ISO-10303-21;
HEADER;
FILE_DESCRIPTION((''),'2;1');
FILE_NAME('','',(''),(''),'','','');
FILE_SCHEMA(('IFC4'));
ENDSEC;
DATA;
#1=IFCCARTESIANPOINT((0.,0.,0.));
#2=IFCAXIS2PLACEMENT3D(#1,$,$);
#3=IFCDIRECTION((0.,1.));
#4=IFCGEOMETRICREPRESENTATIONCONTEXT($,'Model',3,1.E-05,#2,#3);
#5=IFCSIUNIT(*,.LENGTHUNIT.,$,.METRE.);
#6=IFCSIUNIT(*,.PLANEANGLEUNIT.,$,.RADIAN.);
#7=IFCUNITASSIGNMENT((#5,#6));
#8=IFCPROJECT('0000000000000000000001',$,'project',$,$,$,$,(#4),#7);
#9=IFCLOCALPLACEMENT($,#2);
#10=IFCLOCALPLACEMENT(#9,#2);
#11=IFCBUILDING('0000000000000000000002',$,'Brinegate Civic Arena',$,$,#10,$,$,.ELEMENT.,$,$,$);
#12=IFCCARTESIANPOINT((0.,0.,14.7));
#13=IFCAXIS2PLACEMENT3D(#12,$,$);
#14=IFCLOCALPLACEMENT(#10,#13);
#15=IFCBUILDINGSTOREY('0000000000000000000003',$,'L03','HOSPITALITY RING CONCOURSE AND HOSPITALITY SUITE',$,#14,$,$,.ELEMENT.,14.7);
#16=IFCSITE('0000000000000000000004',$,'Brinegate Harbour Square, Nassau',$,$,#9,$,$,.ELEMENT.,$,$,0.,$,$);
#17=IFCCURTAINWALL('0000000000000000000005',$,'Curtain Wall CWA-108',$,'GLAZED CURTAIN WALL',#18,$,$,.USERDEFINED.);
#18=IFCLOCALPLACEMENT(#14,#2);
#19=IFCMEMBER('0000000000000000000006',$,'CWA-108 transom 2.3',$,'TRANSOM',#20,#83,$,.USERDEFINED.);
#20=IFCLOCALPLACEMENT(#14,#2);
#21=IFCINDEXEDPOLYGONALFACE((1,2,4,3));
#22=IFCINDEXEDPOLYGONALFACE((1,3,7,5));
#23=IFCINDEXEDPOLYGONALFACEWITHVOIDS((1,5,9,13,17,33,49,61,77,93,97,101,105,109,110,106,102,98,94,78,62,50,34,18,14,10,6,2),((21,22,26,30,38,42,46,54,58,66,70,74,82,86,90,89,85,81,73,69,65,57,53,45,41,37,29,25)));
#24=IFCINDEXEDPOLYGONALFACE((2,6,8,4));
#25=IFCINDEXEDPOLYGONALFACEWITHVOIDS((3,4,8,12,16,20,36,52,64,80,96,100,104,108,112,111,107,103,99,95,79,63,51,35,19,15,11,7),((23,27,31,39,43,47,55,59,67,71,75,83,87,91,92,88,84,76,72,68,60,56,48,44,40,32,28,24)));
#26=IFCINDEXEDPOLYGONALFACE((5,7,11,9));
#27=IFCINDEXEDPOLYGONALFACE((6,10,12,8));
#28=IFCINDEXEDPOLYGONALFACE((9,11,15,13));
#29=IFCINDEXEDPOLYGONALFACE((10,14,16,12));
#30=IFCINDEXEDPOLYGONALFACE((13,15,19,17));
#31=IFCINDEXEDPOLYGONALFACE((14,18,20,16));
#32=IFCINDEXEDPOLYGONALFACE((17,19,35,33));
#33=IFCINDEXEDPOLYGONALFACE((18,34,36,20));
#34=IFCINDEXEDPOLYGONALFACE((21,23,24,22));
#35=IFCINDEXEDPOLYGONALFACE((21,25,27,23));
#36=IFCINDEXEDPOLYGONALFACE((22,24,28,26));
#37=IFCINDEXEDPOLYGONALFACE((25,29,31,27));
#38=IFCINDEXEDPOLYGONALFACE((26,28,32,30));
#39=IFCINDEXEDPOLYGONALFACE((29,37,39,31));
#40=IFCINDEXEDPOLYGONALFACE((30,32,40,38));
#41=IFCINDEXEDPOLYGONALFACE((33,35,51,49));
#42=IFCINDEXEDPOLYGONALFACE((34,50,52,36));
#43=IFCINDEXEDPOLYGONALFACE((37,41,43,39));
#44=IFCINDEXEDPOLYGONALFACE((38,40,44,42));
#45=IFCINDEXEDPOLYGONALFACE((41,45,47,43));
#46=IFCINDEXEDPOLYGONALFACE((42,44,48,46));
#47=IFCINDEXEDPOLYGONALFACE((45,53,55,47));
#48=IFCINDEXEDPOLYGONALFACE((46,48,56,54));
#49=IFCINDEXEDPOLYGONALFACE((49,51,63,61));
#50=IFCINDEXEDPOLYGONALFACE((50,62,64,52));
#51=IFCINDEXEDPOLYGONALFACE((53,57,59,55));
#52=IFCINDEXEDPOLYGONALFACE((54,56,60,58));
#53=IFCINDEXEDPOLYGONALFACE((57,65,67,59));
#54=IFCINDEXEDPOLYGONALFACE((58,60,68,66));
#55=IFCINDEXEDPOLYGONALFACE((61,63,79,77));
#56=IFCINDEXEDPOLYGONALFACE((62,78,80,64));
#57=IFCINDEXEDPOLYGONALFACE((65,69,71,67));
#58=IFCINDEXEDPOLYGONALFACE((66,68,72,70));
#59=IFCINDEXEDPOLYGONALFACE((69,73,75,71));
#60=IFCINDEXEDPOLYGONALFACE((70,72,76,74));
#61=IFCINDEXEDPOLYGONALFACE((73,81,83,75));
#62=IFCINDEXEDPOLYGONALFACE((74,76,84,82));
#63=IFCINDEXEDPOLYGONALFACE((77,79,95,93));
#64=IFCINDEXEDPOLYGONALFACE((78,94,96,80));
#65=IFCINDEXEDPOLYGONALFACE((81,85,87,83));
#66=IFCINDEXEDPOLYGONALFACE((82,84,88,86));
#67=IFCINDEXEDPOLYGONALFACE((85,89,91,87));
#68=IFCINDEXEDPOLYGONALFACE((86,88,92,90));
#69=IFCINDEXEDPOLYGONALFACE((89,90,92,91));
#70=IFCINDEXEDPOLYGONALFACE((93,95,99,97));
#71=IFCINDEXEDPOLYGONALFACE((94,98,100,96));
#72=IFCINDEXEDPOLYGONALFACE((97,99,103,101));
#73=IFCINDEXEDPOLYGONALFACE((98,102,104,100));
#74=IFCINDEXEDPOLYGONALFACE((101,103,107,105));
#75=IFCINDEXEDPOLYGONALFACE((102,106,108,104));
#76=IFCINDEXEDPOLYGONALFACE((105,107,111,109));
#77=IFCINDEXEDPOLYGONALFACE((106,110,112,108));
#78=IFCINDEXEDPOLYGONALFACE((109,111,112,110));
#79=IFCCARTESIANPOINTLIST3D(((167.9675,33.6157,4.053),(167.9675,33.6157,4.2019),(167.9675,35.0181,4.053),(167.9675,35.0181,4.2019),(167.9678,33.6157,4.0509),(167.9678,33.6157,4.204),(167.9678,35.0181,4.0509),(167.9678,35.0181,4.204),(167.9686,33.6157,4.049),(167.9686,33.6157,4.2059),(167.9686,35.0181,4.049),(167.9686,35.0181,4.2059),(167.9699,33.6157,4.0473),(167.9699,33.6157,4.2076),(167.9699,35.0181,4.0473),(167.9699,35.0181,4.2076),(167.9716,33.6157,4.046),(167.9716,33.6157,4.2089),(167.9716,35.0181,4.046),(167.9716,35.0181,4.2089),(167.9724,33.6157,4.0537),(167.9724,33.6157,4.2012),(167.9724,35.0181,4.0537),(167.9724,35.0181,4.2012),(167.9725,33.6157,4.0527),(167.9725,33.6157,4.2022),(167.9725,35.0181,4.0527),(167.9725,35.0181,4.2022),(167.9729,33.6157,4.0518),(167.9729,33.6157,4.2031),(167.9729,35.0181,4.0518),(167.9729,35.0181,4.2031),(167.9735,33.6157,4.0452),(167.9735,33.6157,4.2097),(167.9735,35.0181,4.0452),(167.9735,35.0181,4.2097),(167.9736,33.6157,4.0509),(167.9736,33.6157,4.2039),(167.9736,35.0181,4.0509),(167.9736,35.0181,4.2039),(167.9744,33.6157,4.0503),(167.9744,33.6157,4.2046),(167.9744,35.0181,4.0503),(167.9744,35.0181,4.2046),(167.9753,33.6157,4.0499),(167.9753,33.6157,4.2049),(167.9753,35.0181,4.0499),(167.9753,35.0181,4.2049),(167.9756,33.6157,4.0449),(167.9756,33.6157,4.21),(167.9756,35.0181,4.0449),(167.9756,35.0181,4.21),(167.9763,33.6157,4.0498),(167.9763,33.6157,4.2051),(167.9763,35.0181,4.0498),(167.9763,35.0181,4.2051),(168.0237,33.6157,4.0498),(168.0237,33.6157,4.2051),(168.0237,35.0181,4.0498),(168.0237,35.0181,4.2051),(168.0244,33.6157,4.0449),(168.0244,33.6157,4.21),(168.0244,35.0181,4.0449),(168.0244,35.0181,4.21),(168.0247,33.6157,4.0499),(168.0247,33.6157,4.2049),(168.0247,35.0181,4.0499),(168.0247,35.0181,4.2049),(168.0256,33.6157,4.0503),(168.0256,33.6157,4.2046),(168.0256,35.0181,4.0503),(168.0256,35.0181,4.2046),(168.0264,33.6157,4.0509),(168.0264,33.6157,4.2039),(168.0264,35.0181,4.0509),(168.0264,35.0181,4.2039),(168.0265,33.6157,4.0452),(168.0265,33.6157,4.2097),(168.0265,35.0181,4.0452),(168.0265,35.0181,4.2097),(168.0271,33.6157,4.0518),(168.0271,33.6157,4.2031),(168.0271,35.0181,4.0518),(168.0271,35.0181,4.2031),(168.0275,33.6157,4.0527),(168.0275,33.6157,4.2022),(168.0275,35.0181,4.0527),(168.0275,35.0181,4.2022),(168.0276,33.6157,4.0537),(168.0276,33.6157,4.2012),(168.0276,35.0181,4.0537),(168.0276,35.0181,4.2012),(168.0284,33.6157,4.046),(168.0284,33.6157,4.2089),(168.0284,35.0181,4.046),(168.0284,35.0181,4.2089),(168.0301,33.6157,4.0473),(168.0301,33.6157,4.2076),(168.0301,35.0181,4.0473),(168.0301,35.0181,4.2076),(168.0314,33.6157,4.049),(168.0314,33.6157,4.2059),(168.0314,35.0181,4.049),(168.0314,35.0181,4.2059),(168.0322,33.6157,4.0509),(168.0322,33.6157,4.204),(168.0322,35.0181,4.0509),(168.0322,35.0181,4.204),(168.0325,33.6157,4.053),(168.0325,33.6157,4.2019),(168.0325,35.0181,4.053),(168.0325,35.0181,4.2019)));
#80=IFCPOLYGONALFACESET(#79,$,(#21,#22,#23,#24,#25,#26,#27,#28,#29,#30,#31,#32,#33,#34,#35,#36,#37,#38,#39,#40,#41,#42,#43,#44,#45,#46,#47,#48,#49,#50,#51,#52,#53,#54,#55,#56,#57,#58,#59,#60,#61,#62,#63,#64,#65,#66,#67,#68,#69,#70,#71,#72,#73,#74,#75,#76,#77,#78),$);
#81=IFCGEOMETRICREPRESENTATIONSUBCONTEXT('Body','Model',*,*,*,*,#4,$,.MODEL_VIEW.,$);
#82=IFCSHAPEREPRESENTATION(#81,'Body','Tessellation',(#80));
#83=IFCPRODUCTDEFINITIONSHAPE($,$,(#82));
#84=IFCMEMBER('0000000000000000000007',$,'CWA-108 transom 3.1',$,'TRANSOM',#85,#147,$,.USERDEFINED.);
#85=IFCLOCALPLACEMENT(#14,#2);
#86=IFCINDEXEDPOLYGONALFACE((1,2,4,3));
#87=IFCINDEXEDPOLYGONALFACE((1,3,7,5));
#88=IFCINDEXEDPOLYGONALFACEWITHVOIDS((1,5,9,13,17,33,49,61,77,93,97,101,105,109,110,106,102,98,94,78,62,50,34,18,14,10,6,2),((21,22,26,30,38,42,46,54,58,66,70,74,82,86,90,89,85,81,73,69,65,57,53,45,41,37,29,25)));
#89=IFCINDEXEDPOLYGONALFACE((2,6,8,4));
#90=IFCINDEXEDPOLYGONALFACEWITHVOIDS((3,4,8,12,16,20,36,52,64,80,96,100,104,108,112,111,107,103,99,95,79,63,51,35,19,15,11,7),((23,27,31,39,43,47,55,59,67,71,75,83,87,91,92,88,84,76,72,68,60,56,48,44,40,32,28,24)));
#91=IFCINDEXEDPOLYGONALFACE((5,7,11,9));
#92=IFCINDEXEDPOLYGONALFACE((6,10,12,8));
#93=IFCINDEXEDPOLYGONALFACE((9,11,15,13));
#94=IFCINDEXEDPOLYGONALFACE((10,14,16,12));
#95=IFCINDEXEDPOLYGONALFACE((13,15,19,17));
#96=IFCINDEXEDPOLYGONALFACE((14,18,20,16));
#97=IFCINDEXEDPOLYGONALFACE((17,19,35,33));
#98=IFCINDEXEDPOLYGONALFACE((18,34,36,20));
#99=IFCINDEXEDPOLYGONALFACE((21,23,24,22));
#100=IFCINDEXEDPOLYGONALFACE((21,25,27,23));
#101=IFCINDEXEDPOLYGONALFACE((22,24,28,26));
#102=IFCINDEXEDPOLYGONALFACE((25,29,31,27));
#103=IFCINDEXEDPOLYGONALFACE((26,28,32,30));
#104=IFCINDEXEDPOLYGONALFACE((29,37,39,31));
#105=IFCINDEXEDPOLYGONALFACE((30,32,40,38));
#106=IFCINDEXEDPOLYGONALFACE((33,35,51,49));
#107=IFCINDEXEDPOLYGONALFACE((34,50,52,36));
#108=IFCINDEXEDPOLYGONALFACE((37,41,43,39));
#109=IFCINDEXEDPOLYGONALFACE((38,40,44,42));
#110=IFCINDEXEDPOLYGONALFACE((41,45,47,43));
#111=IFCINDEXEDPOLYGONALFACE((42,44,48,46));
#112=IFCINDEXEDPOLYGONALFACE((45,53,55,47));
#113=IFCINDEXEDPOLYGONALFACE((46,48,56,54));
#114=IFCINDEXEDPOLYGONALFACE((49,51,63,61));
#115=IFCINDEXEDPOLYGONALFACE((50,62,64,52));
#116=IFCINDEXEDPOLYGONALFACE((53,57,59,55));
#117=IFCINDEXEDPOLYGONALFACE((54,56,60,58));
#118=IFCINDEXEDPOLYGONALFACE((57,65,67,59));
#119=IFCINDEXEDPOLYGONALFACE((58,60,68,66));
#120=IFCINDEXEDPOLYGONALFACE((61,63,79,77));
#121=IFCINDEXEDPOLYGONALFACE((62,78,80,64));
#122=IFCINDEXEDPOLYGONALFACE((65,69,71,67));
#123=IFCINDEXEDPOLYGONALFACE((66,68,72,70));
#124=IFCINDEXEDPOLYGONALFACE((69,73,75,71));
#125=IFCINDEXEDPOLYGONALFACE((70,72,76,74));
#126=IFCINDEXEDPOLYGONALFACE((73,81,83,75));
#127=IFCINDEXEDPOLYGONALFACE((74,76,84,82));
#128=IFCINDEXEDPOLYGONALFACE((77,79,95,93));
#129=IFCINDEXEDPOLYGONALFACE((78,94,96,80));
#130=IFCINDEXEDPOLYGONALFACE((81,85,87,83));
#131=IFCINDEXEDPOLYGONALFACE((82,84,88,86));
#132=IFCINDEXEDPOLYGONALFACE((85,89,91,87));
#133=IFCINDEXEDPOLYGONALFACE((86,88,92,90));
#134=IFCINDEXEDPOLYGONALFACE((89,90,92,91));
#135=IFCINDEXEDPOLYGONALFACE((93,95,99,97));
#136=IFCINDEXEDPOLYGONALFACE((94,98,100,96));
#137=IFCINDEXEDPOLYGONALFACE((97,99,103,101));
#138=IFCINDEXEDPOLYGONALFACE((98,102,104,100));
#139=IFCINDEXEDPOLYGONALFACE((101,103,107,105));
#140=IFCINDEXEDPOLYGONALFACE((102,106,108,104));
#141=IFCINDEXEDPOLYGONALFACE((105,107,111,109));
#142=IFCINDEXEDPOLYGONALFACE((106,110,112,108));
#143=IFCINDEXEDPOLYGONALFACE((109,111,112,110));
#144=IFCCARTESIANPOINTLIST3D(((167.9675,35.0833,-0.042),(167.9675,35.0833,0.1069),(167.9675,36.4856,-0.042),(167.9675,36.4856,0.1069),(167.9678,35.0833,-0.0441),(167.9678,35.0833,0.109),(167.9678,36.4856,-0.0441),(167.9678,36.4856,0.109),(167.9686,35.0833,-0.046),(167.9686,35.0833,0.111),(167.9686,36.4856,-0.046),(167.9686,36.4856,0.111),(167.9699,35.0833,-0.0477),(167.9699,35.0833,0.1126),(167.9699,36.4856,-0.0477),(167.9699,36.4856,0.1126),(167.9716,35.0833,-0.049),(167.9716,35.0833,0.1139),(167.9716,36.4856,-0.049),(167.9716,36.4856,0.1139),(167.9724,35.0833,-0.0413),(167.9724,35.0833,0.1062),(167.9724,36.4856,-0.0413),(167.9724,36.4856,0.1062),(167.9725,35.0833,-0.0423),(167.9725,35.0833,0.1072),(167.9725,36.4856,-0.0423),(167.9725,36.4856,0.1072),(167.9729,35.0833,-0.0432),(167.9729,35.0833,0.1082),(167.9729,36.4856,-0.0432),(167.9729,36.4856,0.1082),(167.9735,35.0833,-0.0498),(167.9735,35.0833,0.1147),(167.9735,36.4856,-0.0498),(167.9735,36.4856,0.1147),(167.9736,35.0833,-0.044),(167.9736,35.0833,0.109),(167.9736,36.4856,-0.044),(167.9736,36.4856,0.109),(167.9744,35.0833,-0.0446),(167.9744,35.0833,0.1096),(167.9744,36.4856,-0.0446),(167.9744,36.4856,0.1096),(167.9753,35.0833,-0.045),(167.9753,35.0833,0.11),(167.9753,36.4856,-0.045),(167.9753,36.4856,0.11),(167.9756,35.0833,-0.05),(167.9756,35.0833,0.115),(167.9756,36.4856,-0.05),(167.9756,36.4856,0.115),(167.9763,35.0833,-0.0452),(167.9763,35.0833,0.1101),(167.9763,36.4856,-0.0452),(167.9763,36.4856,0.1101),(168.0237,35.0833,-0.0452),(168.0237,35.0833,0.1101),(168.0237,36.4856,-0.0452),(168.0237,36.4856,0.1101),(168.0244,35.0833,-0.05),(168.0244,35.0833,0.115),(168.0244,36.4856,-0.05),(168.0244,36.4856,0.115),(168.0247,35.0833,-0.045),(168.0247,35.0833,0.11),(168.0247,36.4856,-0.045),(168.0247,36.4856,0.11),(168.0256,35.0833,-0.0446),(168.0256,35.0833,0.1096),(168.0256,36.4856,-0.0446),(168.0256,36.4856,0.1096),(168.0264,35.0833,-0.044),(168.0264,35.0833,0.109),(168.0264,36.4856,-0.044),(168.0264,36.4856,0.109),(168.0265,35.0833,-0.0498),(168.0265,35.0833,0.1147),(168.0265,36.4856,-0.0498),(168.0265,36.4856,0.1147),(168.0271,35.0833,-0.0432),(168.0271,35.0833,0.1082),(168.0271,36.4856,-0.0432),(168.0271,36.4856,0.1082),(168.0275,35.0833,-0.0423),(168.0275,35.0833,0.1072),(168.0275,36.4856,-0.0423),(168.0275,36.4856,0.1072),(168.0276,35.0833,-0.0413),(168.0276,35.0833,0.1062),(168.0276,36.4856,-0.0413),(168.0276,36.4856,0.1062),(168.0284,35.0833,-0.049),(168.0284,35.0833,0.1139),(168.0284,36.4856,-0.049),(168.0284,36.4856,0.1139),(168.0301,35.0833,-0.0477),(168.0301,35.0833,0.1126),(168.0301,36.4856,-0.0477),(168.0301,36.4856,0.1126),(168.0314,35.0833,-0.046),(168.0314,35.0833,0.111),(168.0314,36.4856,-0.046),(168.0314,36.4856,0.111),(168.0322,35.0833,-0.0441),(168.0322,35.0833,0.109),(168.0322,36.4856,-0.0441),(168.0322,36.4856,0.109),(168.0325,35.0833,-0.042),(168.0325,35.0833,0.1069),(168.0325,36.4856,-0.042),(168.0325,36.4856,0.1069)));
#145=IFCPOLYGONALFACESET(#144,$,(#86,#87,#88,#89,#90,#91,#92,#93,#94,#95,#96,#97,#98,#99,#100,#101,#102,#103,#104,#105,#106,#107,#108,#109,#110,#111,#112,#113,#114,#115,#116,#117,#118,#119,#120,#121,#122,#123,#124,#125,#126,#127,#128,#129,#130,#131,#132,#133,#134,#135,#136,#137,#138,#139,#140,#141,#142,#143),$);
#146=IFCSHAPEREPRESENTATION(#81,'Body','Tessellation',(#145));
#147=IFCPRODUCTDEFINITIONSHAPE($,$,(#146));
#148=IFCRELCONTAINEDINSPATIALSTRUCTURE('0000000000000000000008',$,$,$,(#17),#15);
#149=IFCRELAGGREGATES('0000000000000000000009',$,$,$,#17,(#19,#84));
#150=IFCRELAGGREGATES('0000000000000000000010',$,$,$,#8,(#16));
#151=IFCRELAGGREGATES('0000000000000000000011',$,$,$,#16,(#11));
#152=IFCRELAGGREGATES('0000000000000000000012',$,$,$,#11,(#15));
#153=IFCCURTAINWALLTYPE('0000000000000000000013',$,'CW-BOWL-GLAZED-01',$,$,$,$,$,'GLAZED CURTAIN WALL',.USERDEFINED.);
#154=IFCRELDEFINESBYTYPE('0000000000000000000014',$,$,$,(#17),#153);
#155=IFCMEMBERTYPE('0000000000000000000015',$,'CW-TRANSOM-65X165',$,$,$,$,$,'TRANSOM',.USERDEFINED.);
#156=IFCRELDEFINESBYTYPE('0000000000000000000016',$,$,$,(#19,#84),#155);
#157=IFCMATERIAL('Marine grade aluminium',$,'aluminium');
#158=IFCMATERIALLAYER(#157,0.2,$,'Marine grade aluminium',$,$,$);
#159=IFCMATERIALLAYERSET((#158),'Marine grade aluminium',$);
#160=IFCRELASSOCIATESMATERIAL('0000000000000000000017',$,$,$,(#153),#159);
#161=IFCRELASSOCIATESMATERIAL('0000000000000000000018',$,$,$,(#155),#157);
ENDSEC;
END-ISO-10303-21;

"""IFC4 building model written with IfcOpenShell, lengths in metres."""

from ifc_helpers import new_model, si_unit, direction, frame, origin, origin_2d, place, context, subcontext, project, spatial, hollow_rectangle, extrude, material, layer, layer_set, material_profile, profile_set, type_object, element, aggregate, save


model = new_model("IFC4")

# Units and contexts
model_context = context("Model", 3, precision=1e-05, world=origin(), true_north=direction((0.0, 1.0)))
body_context = subcontext(model_context, "Body", "Model", "MODEL_VIEW")
ifc_project = project(units=[si_unit("LENGTHUNIT", "METRE"), si_unit("PLANEANGLEUNIT", "RADIAN")], contexts=[model_context])

# Site, building, storey
site_placement = place(None, origin())
site = spatial("IfcSite", under=ifc_project, at=site_placement, Name="Brinegate Harbour Square, Nassau", CompositionType="ELEMENT", RefElevation=0.0)
building_placement = place(site_placement, origin())
building = spatial("IfcBuilding", under=site, at=building_placement, Name="Brinegate Civic Arena", CompositionType="ELEMENT")
storey_placement = place(building_placement, frame((0.0, 0.0, 14.7)))
storey = spatial("IfcBuildingStorey", under=building, at=storey_placement, Name="L03", Description="HOSPITALITY RING CONCOURSE AND HOSPITALITY SUITE", CompositionType="ELEMENT", Elevation=14.7)

# Curtain wall, members
ifc_material_1 = material(Name="Marine grade aluminium", Category="aluminium")
ifc_layer_1 = layer(ifc_material_1, 0.2, Name="Marine grade aluminium")
ifc_layer_set_1 = layer_set([ifc_layer_1], Name="Marine grade aluminium")
curtain_wall_type = type_object("IfcCurtainWallType", Name="CW-BOWL-GLAZED-01", ElementType="GLAZED CURTAIN WALL", PredefinedType="USERDEFINED", material=ifc_layer_set_1)
curtain_wall_placement = place(storey_placement, origin())
curtain_wall = element("IfcCurtainWall", 1, at=curtain_wall_placement, inside=storey, type_object=curtain_wall_type, Name="Curtain Wall CWA-108", ObjectType="GLAZED CURTAIN WALL", PredefinedType="USERDEFINED")
ifc_material_profile_1 = material_profile(ifc_material_1, hollow_rectangle(XDim=0.0649, YDim=0.165, WallThickness=0.0049, InnerFilletRadius=0.0039, OuterFilletRadius=0.0081, at=origin_2d()), Name="TRN65X165")
ifc_profile_set_1 = profile_set([ifc_material_profile_1], Name="Marine grade aluminium")
member_type_1 = type_object("IfcMemberType", Name="CW-TRANSOM-65X165", ElementType="TRANSOM", PredefinedType="USERDEFINED", material=ifc_profile_set_1)
member_1_placement = place(storey_placement, frame((168.0, 33.6157, 4.1274), z_axis=(0.0, 1.0, 0.0), x_axis=(-1.0, 0.0, 0.0)))
member_1 = element("IfcMember", 2, at=member_1_placement, type_object=member_type_1, Name="CWA-108 transom 2.3", ObjectType="TRANSOM", PredefinedType="USERDEFINED", context=body_context, shape_type="SweptSolid", body=[
    extrude(hollow_rectangle(XDim=0.0649, YDim=0.165, WallThickness=0.0049, InnerFilletRadius=0.0039, OuterFilletRadius=0.0081, at=origin_2d()), origin(), (0.0, 0.0, 1.0), 1.4023),
])
member_2_placement = place(storey_placement, frame((168.0, 35.0833, 0.0325), z_axis=(0.0, 1.0, 0.0), x_axis=(-1.0, 0.0, 0.0)))
member_2 = element("IfcMember", 3, at=member_2_placement, type_object=member_type_1, Name="CWA-108 transom 3.1", ObjectType="TRANSOM", PredefinedType="USERDEFINED", context=body_context, shape_type="SweptSolid", body=[
    extrude(hollow_rectangle(XDim=0.0649, YDim=0.165, WallThickness=0.0049, InnerFilletRadius=0.0039, OuterFilletRadius=0.0081, at=origin_2d()), origin(), (0.0, 0.0, 1.0), 1.4023),
])
aggregate(curtain_wall, [member_1, member_2])

save(model, "model.ifc")
